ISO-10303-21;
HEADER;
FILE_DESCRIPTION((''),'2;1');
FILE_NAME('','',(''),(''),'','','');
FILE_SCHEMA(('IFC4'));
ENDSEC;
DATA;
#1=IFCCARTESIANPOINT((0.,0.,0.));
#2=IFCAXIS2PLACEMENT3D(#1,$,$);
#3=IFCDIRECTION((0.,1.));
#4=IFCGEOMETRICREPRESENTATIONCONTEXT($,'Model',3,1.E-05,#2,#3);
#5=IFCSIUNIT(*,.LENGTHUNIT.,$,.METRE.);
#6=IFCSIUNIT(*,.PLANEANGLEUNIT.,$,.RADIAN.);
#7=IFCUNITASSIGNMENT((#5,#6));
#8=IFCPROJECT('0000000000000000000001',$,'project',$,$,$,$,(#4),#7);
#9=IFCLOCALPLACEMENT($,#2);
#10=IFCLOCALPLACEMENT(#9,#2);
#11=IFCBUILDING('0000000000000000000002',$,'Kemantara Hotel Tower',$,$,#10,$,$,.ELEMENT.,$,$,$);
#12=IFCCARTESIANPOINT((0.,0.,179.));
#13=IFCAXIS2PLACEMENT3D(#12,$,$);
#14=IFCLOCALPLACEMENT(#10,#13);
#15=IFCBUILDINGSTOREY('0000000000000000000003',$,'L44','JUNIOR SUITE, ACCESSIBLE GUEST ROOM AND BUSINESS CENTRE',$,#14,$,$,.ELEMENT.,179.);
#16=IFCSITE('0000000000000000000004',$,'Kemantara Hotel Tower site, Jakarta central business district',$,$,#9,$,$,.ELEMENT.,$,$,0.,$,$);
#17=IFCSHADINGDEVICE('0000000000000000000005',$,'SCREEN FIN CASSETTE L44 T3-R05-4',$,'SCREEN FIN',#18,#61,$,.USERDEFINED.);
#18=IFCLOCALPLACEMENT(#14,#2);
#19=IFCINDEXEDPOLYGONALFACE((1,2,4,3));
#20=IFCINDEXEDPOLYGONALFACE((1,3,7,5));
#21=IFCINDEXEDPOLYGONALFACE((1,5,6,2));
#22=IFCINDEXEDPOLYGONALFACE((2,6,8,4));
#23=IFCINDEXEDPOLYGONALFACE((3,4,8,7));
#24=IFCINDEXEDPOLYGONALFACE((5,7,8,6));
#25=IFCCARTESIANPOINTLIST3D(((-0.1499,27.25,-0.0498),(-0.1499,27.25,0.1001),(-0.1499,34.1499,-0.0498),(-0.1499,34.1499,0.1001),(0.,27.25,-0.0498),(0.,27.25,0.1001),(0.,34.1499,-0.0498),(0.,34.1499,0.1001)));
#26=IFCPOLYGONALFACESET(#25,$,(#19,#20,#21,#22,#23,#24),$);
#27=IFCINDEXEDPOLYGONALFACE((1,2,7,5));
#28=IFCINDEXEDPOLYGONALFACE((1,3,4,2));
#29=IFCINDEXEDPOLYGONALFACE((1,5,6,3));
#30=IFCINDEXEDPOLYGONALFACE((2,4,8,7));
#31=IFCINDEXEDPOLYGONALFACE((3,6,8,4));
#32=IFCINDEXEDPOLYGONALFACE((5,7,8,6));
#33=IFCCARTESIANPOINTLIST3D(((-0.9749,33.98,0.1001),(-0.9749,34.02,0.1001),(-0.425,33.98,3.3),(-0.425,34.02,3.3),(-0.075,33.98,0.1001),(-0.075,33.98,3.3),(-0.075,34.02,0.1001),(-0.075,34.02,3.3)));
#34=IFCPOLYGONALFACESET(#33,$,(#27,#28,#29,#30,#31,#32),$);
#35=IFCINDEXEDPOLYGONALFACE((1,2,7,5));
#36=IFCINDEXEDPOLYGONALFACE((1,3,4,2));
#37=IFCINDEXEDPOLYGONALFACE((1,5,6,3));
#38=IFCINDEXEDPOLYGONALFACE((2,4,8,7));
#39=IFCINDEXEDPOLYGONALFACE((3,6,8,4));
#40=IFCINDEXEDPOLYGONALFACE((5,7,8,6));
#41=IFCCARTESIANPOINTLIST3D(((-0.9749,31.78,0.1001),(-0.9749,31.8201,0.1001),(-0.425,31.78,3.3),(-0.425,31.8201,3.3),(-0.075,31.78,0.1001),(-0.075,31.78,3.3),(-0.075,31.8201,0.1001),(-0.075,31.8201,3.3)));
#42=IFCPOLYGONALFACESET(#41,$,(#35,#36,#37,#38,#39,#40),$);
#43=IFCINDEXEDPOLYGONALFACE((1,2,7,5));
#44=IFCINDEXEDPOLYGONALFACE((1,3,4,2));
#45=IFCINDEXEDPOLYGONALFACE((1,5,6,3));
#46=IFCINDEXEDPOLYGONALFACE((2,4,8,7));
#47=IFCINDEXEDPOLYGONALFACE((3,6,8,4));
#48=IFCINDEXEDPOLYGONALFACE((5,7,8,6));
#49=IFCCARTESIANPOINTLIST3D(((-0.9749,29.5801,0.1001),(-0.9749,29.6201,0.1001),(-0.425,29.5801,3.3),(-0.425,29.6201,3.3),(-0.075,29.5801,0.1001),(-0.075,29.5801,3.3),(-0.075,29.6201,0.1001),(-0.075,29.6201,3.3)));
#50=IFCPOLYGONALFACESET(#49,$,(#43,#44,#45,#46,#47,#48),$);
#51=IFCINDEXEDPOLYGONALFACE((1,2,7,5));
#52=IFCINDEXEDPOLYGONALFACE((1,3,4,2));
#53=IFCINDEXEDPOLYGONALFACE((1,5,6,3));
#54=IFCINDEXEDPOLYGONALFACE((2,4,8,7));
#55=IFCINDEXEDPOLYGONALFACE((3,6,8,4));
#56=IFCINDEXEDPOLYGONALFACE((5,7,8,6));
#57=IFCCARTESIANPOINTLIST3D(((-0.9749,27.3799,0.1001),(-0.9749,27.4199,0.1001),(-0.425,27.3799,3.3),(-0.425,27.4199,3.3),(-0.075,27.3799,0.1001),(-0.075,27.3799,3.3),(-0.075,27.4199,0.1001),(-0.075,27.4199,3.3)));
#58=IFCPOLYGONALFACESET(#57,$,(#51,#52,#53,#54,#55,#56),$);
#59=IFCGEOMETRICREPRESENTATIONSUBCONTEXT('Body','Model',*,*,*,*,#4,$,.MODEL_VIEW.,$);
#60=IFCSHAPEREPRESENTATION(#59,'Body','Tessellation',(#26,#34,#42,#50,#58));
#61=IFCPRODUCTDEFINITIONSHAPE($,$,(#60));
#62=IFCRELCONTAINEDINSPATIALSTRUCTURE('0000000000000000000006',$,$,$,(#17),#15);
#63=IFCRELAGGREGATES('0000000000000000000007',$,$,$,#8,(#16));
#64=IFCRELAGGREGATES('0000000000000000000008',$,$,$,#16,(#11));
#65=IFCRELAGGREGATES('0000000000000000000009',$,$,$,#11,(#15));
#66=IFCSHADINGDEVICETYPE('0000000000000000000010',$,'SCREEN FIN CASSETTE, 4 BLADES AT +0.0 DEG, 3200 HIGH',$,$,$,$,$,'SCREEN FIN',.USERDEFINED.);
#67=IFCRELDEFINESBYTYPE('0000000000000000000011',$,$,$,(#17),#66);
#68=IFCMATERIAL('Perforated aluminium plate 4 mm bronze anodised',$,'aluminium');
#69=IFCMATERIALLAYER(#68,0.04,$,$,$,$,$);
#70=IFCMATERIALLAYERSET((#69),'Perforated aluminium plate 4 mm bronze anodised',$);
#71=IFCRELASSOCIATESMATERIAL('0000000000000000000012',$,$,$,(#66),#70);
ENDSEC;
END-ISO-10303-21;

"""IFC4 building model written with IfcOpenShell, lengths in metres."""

from ifc_helpers import new_model, si_unit, direction, frame, origin, origin_2d, place, context, subcontext, project, spatial, polyline, rectangle, outline, extrude, source, transform, mapped, material, layer, layer_set, type_object, element, save


model = new_model("IFC4")

# Units and contexts
model_context = context("Model", 3, precision=1e-05, world=origin(), true_north=direction((0.0, 1.0)))
body_context = subcontext(model_context, "Body", "Model", "MODEL_VIEW")
ifc_project = project(units=[si_unit("LENGTHUNIT", "METRE"), si_unit("PLANEANGLEUNIT", "RADIAN")], contexts=[model_context])

# Site, building, storey
site_placement = place(None, origin())
site = spatial("IfcSite", under=ifc_project, at=site_placement, Name="Kemantara Hotel Tower site, Jakarta central business district", CompositionType="ELEMENT", RefElevation=0.0)
building_placement = place(site_placement, origin())
building = spatial("IfcBuilding", under=site, at=building_placement, Name="Kemantara Hotel Tower", CompositionType="ELEMENT")
storey_placement = place(building_placement, frame((0.0, 0.0, 179.0)))
storey = spatial("IfcBuildingStorey", under=building, at=storey_placement, Name="L44", Description="JUNIOR SUITE, ACCESSIBLE GUEST ROOM AND BUSINESS CENTRE", CompositionType="ELEMENT", Elevation=179.0)

# Shading device
ifc_material_1 = material(Name="Perforated aluminium plate 4 mm bronze anodised", Category="aluminium")
ifc_layer_1 = layer(ifc_material_1, 0.04)
ifc_layer_set_1 = layer_set([ifc_layer_1], Name="Perforated aluminium plate 4 mm bronze anodised")
shading_device_type = type_object("IfcShadingDeviceType", Name="SCREEN FIN CASSETTE, 4 BLADES AT +0.0 DEG, 3200 HIGH", ElementType="SCREEN FIN", PredefinedType="USERDEFINED", material=ifc_layer_set_1)
shared_shape_1 = source(origin(), body_context, "Body", "SweptSolid", [
    extrude(rectangle(XDim=6.8999, YDim=0.1499, at=origin_2d()), frame((3.3, -0.075, -0.1499), z_axis=(0.0, 0.0, 1.0), x_axis=(1.0, 0.0, 0.0)), (0.0, 0.0, 1.0), 0.1499),
    extrude(outline(polyline([(0.0, 0.0), (0.8999, 0.0), (0.3501, 3.2), (0.0, 3.2), (0.0, 0.0)])), frame((0.02, -0.075, 0.0), z_axis=(-1.0, 0.0, 0.0), x_axis=(0.0, -1.0, 0.0)), (0.0, 0.0, 1.0), 0.04),
    extrude(outline(polyline([(0.0, 0.0), (0.8999, 0.0), (0.3501, 3.2), (0.0, 3.2), (0.0, 0.0)])), frame((2.22, -0.075, 0.0), z_axis=(-1.0, 0.0, 0.0), x_axis=(0.0, -1.0, 0.0)), (0.0, 0.0, 1.0), 0.04),
    extrude(outline(polyline([(0.0, 0.0), (0.8999, 0.0), (0.3501, 3.2), (0.0, 3.2), (0.0, 0.0)])), frame((4.4199, -0.075, 0.0), z_axis=(-1.0, 0.0, 0.0), x_axis=(0.0, -1.0, 0.0)), (0.0, 0.0, 1.0), 0.04),
    extrude(outline(polyline([(0.0, 0.0), (0.8999, 0.0), (0.3501, 3.2), (0.0, 3.2), (0.0, 0.0)])), frame((6.6201, -0.075, 0.0), z_axis=(-1.0, 0.0, 0.0), x_axis=(0.0, -1.0, 0.0)), (0.0, 0.0, 1.0), 0.04),
])
shading_device_placement = place(storey_placement, frame((0.0, 34.0, 0.1001), z_axis=(0.0, 0.0, 1.0), x_axis=(0.0, -1.0, 0.0)))
element("IfcShadingDevice", 1, at=shading_device_placement, inside=storey, type_object=shading_device_type, Name="SCREEN FIN CASSETTE L44 T3-R05-4", ObjectType="SCREEN FIN", PredefinedType="USERDEFINED", context=body_context, shape_type="MappedRepresentation", body=[
    mapped(shared_shape_1, transform((0.0, 0.0, 0.0))),
])

save(model, "model.ifc")
